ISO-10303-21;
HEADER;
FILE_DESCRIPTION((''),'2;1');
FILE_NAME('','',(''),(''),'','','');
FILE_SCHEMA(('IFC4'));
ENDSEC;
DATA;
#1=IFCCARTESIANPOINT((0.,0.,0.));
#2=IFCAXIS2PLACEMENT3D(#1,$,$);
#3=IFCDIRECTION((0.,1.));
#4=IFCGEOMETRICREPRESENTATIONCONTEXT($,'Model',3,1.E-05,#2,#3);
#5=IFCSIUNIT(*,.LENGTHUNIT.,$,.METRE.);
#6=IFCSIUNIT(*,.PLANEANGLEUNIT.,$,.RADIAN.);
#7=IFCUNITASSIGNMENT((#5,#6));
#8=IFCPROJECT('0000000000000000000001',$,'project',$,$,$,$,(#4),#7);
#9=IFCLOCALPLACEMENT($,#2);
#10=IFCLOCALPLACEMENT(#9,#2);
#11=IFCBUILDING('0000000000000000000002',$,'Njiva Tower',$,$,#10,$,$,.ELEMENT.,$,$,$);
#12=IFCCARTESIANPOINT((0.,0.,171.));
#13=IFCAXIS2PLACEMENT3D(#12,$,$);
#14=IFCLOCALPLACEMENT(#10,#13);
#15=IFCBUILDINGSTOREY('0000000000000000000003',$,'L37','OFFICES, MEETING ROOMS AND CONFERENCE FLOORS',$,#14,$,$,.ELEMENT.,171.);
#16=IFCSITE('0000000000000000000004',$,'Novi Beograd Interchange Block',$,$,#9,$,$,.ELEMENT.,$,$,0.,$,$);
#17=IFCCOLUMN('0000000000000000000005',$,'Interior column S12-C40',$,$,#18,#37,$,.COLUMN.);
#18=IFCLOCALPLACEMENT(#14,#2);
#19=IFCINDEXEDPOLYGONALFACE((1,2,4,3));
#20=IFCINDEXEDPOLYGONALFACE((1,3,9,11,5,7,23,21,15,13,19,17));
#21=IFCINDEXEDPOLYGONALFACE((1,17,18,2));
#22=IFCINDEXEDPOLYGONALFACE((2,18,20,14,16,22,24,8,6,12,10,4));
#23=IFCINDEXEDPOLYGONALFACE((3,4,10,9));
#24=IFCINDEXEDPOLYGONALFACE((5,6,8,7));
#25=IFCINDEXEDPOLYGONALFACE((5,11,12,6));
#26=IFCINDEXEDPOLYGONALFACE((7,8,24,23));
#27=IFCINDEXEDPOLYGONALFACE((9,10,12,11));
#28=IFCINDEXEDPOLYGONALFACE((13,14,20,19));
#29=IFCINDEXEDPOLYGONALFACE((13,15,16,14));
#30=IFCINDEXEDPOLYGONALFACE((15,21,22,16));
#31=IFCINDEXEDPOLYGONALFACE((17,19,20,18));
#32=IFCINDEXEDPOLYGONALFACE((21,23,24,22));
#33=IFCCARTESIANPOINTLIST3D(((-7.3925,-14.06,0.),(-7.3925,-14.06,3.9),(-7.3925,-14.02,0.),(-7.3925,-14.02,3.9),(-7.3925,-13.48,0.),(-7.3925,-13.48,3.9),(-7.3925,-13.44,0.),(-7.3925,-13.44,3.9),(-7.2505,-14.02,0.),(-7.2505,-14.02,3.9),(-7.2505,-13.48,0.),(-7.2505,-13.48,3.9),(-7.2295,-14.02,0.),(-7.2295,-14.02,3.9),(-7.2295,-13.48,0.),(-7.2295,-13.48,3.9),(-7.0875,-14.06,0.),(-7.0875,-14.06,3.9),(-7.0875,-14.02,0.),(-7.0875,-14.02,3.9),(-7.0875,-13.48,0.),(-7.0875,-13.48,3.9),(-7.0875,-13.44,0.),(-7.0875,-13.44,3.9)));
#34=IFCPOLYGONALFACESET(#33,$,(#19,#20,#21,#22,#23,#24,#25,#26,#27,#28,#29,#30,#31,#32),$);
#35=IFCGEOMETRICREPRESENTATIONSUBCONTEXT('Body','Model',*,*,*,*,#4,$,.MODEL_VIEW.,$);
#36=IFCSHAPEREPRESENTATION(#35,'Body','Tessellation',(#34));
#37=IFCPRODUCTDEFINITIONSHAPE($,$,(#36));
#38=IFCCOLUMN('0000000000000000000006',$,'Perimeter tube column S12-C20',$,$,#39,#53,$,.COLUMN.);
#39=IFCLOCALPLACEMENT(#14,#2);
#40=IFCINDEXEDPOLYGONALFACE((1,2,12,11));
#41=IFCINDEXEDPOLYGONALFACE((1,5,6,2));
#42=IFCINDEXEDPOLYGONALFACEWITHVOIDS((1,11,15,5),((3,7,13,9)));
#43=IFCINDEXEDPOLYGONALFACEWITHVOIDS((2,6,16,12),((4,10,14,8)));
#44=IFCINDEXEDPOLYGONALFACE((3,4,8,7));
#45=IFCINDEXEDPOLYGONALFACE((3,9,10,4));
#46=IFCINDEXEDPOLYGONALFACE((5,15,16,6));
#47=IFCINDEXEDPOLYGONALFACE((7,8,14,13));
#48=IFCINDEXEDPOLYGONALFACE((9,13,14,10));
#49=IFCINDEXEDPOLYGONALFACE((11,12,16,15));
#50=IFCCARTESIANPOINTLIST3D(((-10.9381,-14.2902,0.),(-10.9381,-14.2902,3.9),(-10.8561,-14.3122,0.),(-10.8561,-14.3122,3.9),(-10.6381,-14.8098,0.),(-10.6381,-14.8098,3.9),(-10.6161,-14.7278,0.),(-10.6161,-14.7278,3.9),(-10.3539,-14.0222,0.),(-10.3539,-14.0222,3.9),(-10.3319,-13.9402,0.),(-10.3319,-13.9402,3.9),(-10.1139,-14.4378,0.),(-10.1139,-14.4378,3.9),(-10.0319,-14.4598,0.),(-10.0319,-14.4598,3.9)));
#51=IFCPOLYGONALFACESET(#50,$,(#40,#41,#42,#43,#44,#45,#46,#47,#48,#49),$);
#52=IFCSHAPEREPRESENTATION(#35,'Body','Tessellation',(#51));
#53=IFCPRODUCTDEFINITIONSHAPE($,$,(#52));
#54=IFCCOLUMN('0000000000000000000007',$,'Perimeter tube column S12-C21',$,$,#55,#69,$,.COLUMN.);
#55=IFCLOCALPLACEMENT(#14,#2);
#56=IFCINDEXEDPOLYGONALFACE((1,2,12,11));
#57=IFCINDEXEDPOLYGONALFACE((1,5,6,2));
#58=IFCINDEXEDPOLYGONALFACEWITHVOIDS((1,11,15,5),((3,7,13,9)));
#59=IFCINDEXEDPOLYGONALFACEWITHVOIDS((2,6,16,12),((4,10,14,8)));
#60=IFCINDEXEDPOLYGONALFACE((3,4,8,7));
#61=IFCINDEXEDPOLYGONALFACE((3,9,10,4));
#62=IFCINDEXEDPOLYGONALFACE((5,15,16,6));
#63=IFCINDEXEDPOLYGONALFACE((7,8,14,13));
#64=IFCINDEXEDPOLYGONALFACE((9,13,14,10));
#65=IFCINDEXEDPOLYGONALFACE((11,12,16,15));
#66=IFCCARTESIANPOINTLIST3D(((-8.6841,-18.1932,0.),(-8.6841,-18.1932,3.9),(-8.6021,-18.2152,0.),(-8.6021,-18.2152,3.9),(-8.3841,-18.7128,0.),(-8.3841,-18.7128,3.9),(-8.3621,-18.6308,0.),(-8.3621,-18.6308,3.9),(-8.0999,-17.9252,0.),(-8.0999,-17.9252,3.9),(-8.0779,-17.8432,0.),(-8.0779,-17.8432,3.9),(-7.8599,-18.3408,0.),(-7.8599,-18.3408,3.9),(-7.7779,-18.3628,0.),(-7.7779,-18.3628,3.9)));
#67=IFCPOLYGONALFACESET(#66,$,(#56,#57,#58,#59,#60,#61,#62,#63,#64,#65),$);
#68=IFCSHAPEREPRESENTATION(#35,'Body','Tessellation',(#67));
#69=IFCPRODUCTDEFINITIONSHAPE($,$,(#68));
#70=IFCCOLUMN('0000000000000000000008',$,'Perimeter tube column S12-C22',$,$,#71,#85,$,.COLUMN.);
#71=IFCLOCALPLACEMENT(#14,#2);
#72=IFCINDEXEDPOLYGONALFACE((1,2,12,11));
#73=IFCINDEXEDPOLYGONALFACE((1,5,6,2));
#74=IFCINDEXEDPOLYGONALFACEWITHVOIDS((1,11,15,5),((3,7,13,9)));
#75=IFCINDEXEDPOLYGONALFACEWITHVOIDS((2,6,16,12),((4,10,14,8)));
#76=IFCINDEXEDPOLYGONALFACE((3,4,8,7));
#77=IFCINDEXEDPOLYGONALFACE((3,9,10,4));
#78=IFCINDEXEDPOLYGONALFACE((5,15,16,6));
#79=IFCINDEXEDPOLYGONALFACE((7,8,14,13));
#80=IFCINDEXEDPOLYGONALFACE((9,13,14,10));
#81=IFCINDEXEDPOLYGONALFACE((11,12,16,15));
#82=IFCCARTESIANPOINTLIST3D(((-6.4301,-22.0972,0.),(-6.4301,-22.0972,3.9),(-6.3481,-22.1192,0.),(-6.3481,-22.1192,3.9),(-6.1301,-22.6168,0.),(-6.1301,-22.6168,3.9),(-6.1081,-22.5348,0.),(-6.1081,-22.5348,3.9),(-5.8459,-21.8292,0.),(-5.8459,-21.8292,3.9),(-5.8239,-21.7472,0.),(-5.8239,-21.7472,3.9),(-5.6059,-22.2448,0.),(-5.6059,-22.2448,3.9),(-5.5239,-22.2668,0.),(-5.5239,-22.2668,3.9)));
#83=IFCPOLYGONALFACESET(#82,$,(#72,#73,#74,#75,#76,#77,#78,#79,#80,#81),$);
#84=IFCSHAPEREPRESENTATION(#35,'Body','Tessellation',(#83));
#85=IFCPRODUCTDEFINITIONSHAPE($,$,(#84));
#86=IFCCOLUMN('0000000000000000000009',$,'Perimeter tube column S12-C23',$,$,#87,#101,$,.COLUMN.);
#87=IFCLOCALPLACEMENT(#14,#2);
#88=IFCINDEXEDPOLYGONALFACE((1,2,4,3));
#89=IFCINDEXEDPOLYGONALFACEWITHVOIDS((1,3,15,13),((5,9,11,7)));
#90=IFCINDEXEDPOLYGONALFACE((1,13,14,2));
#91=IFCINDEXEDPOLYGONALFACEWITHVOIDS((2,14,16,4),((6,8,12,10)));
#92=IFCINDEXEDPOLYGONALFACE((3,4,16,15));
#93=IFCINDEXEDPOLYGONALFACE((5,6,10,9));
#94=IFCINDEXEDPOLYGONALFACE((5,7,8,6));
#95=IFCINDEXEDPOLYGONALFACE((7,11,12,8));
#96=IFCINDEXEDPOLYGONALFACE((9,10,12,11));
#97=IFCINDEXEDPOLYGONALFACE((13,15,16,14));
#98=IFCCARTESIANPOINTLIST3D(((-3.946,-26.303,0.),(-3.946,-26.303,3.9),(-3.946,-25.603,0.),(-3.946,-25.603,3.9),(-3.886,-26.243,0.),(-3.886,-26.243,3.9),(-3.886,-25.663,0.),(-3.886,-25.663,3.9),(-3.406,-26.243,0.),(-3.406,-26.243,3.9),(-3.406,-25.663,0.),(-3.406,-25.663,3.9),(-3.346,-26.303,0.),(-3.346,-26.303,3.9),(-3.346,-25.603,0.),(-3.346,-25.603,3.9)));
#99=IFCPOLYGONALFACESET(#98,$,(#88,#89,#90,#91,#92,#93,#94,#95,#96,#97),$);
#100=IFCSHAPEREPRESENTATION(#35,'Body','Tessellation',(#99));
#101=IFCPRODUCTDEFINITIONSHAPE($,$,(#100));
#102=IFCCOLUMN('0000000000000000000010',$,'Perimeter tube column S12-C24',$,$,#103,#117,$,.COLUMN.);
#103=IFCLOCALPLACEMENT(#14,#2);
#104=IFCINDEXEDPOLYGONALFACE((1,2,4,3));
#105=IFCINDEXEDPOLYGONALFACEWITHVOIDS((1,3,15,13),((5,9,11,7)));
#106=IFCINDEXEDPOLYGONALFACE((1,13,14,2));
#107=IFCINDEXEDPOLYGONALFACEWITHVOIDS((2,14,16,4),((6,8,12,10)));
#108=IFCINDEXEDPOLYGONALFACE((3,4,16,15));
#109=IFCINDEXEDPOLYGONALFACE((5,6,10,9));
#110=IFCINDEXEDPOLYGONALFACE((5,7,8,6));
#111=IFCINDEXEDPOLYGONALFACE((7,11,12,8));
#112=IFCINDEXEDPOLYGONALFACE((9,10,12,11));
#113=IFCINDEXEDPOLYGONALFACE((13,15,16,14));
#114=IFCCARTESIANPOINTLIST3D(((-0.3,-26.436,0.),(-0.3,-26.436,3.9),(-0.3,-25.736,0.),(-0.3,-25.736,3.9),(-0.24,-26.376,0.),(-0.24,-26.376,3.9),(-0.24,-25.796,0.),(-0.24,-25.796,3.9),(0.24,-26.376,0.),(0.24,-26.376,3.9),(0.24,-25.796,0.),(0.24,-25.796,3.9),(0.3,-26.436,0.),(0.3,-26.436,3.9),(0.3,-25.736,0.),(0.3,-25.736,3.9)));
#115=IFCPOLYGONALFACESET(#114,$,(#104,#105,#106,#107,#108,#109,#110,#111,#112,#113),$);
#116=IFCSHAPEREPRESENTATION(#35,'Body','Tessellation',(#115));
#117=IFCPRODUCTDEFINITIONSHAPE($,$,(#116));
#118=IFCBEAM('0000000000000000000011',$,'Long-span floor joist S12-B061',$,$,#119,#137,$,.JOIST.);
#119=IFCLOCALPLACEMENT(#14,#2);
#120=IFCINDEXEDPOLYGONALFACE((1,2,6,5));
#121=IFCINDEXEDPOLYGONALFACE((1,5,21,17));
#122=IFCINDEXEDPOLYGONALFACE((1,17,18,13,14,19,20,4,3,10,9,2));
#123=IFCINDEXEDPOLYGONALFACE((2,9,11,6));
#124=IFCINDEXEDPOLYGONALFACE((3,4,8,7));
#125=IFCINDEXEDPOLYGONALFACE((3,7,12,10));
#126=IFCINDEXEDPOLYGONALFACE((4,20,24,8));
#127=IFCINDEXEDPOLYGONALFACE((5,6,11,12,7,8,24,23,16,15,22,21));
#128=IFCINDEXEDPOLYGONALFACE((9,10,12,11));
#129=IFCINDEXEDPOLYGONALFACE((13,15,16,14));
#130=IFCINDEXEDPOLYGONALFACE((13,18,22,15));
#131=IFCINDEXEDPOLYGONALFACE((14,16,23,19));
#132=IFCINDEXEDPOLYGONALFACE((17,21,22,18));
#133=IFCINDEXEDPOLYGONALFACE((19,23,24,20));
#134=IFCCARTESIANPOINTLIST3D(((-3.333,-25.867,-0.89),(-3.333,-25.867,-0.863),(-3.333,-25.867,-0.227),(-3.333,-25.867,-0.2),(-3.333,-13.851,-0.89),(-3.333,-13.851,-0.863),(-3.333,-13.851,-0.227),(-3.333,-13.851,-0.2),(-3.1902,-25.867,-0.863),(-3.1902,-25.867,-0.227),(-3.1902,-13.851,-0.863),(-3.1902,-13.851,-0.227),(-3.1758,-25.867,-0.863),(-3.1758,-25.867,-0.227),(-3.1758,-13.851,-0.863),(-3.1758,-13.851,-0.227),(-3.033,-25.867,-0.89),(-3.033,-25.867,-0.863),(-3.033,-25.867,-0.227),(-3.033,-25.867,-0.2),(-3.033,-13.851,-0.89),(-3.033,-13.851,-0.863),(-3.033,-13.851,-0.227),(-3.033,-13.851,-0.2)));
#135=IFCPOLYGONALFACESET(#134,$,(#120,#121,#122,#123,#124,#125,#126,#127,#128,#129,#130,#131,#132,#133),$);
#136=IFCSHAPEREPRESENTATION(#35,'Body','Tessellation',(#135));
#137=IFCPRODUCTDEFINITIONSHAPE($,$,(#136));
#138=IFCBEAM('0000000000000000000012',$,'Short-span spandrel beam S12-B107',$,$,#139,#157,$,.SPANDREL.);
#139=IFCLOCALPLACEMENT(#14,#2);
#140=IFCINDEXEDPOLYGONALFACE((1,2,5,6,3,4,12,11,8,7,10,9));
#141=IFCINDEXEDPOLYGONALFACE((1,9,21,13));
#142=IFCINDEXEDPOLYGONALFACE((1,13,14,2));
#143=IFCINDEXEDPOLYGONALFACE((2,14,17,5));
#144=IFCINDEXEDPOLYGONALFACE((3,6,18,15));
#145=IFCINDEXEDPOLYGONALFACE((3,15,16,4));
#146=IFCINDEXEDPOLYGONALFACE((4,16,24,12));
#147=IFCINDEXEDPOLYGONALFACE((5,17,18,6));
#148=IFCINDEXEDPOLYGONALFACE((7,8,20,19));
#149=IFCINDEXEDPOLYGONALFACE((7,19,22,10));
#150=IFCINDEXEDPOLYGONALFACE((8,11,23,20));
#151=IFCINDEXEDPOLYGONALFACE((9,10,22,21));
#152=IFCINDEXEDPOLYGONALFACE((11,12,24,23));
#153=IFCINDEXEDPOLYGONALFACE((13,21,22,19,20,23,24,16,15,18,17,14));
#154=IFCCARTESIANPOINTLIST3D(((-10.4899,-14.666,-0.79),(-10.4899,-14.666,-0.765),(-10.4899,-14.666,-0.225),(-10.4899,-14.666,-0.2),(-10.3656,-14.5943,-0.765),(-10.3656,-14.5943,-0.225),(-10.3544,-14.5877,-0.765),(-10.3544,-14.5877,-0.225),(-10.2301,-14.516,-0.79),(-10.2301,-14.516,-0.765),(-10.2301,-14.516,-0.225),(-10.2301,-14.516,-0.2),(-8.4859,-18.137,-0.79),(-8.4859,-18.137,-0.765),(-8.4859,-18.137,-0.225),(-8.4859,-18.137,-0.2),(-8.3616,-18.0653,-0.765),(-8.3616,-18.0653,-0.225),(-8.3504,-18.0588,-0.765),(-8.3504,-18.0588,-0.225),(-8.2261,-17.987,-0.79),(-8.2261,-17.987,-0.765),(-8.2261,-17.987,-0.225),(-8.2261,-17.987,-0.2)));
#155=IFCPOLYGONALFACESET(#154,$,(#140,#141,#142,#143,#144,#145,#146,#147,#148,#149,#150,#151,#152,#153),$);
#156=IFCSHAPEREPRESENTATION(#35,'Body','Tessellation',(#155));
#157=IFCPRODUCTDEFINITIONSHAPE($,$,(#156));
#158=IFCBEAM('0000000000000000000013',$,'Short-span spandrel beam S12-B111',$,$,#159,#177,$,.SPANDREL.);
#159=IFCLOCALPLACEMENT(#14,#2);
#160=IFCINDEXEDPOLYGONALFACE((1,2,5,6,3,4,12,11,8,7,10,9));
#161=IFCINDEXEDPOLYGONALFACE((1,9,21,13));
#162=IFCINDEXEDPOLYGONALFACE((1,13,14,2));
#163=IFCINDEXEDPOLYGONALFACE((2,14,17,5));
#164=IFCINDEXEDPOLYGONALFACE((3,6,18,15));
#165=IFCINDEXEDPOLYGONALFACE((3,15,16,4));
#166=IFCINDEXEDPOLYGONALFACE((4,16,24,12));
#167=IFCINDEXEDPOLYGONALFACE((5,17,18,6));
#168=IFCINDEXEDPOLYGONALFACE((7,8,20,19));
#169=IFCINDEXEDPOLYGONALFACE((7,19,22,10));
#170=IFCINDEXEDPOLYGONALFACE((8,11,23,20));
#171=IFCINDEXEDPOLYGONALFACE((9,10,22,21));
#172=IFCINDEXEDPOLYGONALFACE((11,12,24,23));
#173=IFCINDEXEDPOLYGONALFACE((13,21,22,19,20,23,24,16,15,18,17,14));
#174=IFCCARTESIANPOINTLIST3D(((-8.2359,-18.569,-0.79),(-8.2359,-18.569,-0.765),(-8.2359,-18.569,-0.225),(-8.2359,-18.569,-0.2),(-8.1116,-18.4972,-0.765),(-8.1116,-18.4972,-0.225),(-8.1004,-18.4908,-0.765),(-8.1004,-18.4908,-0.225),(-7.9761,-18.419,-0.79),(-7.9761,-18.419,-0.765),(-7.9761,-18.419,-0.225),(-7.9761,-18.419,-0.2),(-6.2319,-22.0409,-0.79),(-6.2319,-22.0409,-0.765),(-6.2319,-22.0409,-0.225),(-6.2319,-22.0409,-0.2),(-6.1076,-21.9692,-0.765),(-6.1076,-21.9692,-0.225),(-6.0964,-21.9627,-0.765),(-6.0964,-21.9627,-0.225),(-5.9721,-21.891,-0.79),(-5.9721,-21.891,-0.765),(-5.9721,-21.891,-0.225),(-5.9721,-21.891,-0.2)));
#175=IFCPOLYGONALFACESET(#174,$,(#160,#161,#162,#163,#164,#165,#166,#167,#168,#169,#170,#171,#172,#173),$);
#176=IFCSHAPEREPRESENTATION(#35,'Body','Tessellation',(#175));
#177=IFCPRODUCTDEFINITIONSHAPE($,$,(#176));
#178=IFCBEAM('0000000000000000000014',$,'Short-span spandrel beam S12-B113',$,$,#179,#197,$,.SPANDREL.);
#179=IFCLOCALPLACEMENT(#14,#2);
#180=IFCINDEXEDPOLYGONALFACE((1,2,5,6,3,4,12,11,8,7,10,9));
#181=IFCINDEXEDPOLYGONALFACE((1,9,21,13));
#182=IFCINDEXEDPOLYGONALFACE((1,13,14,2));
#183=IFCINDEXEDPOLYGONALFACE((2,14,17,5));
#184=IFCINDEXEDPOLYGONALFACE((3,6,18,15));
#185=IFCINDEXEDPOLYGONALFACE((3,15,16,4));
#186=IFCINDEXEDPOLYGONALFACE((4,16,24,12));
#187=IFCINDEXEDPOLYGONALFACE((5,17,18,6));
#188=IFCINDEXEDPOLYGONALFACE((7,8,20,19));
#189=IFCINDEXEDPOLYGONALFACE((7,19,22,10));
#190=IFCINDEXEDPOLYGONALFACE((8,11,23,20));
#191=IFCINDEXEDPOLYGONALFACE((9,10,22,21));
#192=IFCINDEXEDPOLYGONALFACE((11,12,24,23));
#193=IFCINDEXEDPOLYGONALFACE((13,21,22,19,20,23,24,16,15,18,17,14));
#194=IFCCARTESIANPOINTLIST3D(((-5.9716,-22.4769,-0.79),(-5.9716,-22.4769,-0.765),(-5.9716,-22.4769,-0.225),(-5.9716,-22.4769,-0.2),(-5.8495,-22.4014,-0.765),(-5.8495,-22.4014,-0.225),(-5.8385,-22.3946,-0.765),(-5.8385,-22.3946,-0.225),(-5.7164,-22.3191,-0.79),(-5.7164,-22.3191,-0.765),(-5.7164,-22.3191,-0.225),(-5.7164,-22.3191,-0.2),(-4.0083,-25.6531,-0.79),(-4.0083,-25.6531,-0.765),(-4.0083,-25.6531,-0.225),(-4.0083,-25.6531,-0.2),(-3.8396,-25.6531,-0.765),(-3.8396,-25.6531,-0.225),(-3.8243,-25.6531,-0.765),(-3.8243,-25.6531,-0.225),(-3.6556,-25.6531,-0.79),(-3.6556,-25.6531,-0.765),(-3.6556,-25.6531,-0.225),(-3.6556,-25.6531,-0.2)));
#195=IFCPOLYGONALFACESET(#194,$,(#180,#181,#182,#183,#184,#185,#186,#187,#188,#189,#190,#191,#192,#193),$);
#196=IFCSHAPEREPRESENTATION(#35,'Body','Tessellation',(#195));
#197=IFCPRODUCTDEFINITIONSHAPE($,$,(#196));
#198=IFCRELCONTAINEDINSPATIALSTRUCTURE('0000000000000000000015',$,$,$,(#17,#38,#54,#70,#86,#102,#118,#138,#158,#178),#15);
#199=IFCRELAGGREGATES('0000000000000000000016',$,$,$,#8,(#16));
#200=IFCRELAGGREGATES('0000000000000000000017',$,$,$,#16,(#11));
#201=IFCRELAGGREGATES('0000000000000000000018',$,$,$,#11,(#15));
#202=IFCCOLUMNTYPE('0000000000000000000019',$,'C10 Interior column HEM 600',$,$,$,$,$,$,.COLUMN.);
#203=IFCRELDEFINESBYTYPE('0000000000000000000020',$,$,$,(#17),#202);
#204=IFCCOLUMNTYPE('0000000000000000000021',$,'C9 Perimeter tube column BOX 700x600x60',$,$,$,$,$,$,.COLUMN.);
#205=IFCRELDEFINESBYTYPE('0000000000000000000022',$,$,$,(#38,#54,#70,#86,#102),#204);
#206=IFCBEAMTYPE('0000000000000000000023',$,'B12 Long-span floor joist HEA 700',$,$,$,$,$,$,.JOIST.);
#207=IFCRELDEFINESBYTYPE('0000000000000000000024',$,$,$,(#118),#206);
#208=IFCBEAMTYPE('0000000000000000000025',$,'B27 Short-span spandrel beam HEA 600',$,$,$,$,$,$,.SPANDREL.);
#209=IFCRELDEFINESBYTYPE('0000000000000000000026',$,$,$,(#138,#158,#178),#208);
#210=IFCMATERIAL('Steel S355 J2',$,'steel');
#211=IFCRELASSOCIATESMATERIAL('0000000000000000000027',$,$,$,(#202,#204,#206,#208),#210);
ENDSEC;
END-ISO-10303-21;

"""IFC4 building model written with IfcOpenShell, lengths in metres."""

from ifc_helpers import new_model, si_unit, direction, frame, origin, origin_2d, place, context, subcontext, project, spatial, hollow_rectangle, i_section, extrude, clip, halfspace, material, material_profile, profile_set, type_object, element, save


model = new_model("IFC4")

# Units and contexts
model_context = context("Model", 3, precision=1e-05, world=origin(), true_north=direction((0.0, 1.0)))
body_context = subcontext(model_context, "Body", "Model", "MODEL_VIEW")
ifc_project = project(units=[si_unit("LENGTHUNIT", "METRE"), si_unit("PLANEANGLEUNIT", "RADIAN")], contexts=[model_context])

# Site, building, storey
site_placement = place(None, origin())
site = spatial("IfcSite", under=ifc_project, at=site_placement, Name="Novi Beograd Interchange Block", CompositionType="ELEMENT", RefElevation=0.0)
building_placement = place(site_placement, origin())
building = spatial("IfcBuilding", under=site, at=building_placement, Name="Njiva Tower", CompositionType="ELEMENT")
storey_placement = place(building_placement, frame((0.0, 0.0, 171.0)))
storey = spatial("IfcBuildingStorey", under=building, at=storey_placement, Name="L37", Description="OFFICES, MEETING ROOMS AND CONFERENCE FLOORS", CompositionType="ELEMENT", Elevation=171.0)

# Columns
ifc_material_1 = material(Name="Steel S355 J2", Category="steel")
ifc_material_profile_1 = material_profile(ifc_material_1, i_section(OverallWidth=0.305, OverallDepth=0.62, WebThickness=0.021, FlangeThickness=0.04, at=origin_2d()), Name="HEM 600")
ifc_profile_set_1 = profile_set([ifc_material_profile_1], Name="Steel S355 J2")
column_type_1 = type_object("IfcColumnType", Name="C10 Interior column HEM 600", PredefinedType="COLUMN", material=ifc_profile_set_1)
column_placement = place(storey_placement, frame((-7.24, -13.75, 0.0), z_axis=(0.0, 0.0, 1.0), x_axis=(1.0, 0.0, 0.0)))
element("IfcColumn", 1, at=column_placement, inside=storey, type_object=column_type_1, Name="Interior column S12-C40", PredefinedType="COLUMN", context=body_context, shape_type="SweptSolid", body=[
    extrude(i_section(OverallWidth=0.305, OverallDepth=0.62, WebThickness=0.021, FlangeThickness=0.04, at=origin_2d()), origin(), (0.0, 0.0, 1.0), 3.9),
])
ifc_material_profile_2 = material_profile(ifc_material_1, hollow_rectangle(XDim=0.6, YDim=0.7, WallThickness=0.06, at=origin_2d()), Name="BOX 700x600x60")
ifc_profile_set_2 = profile_set([ifc_material_profile_2], Name="Steel S355 J2")
column_type_2 = type_object("IfcColumnType", Name="C9 Perimeter tube column BOX 700x600x60", PredefinedType="COLUMN", material=ifc_profile_set_2)
for number, where, z_axis, x_axis, name in (
    (2, (-10.485, -14.375, 0.0), (0.0, 0.0, 1.0), (0.5, -0.866025, 0.0), "Perimeter tube column S12-C20"),
    (3, (-8.231, -18.278, 0.0), (0.0, 0.0, 1.0), (0.5, -0.866025, 0.0), "Perimeter tube column S12-C21"),
    (4, (-5.977, -22.182, 0.0), (0.0, 0.0, 1.0), (0.5, -0.866025, 0.0), "Perimeter tube column S12-C22"),
    (5, (-3.646, -25.953, 0.0), (0.0, 0.0, 1.0), (1.0, 0.0, 0.0), "Perimeter tube column S12-C23"),
    (6, (0.0, -26.086, 0.0), (0.0, 0.0, 1.0), (1.0, 0.0, 0.0), "Perimeter tube column S12-C24"),
):
    element("IfcColumn", number, at=place(storey_placement, frame(where, z_axis=z_axis, x_axis=x_axis)), inside=storey, type_object=column_type_2, Name=name, PredefinedType="COLUMN", context=body_context, shape_type="SweptSolid", body=[
        extrude(hollow_rectangle(XDim=0.6, YDim=0.7, WallThickness=0.06, at=origin_2d()), origin(), (0.0, 0.0, 1.0), 3.9),
    ])

# Beams
ifc_material_profile_3 = material_profile(ifc_material_1, i_section(OverallWidth=0.3, OverallDepth=0.69, WebThickness=0.0145, FlangeThickness=0.027, at=origin_2d()), Name="HEA 700")
ifc_profile_set_3 = profile_set([ifc_material_profile_3], Name="Steel S355 J2")
beam_type_1 = type_object("IfcBeamType", Name="B12 Long-span floor joist HEA 700", PredefinedType="JOIST", material=ifc_profile_set_3)
beam_1_placement = place(storey_placement, frame((-3.183, -13.851, -0.545), z_axis=(0.0, -1.0, 0.0), x_axis=(1.0, 0.0, 0.0)))
element("IfcBeam", 7, at=beam_1_placement, inside=storey, type_object=beam_type_1, Name="Long-span floor joist S12-B061", PredefinedType="JOIST", context=body_context, shape_type="SweptSolid", body=[
    extrude(i_section(OverallWidth=0.3, OverallDepth=0.69, WebThickness=0.0145, FlangeThickness=0.027, at=origin_2d()), origin(), (0.0, 0.0, 1.0), 12.016),
])
ifc_material_profile_4 = material_profile(ifc_material_1, i_section(OverallWidth=0.3, OverallDepth=0.59, WebThickness=0.013, FlangeThickness=0.025, at=origin_2d()), Name="HEA 600")
ifc_profile_set_4 = profile_set([ifc_material_profile_4], Name="Steel S355 J2")
beam_type_2 = type_object("IfcBeamType", Name="B27 Short-span spandrel beam HEA 600", PredefinedType="SPANDREL", material=ifc_profile_set_4)
beam_2_placement = place(storey_placement, frame((-10.36, -14.591, -0.495), z_axis=(0.500003, -0.866024, 0.0), x_axis=(0.866024, 0.500003, 0.0)))
element("IfcBeam", 8, at=beam_2_placement, inside=storey, type_object=beam_type_2, Name="Short-span spandrel beam S12-B107", PredefinedType="SPANDREL", context=body_context, shape_type="SweptSolid", body=[
    extrude(i_section(OverallWidth=0.3, OverallDepth=0.59, WebThickness=0.013, FlangeThickness=0.025, at=origin_2d()), origin(), (0.0, 0.0, 1.0), 4.008),
])
beam_3_placement = place(storey_placement, frame((-8.106, -18.494, -0.495), z_axis=(0.499895, -0.866086, 0.0), x_axis=(0.866086, 0.499895, 0.0)))
element("IfcBeam", 9, at=beam_3_placement, inside=storey, type_object=beam_type_2, Name="Short-span spandrel beam S12-B111", PredefinedType="SPANDREL", context=body_context, shape_type="SweptSolid", body=[
    extrude(i_section(OverallWidth=0.3, OverallDepth=0.59, WebThickness=0.013, FlangeThickness=0.025, at=origin_2d()), origin(), (0.0, 0.0, 1.0), 4.0088),
])
beam_4_placement = place(storey_placement, frame((-5.844, -22.398, -0.495), z_axis=(0.525788, -0.850616, 0.0), x_axis=(0.850616, 0.525788, 0.0)))
element("IfcBeam", 10, at=beam_4_placement, inside=storey, type_object=beam_type_2, Name="Short-span spandrel beam S12-B113", PredefinedType="SPANDREL", context=body_context, shape_type="Clipping", body=[
    clip(extrude(i_section(OverallWidth=0.3, OverallDepth=0.59, WebThickness=0.013, FlangeThickness=0.025, at=origin_2d()), origin(), (0.0, 0.0, 1.0), 3.9396), halfspace(frame((-0.0259, 0.0, 3.8107), z_axis=(-0.525788, 0.0, 0.850616), x_axis=(0.0, 1.0, 0.0)), False)),
])

save(model, "model.ifc")
